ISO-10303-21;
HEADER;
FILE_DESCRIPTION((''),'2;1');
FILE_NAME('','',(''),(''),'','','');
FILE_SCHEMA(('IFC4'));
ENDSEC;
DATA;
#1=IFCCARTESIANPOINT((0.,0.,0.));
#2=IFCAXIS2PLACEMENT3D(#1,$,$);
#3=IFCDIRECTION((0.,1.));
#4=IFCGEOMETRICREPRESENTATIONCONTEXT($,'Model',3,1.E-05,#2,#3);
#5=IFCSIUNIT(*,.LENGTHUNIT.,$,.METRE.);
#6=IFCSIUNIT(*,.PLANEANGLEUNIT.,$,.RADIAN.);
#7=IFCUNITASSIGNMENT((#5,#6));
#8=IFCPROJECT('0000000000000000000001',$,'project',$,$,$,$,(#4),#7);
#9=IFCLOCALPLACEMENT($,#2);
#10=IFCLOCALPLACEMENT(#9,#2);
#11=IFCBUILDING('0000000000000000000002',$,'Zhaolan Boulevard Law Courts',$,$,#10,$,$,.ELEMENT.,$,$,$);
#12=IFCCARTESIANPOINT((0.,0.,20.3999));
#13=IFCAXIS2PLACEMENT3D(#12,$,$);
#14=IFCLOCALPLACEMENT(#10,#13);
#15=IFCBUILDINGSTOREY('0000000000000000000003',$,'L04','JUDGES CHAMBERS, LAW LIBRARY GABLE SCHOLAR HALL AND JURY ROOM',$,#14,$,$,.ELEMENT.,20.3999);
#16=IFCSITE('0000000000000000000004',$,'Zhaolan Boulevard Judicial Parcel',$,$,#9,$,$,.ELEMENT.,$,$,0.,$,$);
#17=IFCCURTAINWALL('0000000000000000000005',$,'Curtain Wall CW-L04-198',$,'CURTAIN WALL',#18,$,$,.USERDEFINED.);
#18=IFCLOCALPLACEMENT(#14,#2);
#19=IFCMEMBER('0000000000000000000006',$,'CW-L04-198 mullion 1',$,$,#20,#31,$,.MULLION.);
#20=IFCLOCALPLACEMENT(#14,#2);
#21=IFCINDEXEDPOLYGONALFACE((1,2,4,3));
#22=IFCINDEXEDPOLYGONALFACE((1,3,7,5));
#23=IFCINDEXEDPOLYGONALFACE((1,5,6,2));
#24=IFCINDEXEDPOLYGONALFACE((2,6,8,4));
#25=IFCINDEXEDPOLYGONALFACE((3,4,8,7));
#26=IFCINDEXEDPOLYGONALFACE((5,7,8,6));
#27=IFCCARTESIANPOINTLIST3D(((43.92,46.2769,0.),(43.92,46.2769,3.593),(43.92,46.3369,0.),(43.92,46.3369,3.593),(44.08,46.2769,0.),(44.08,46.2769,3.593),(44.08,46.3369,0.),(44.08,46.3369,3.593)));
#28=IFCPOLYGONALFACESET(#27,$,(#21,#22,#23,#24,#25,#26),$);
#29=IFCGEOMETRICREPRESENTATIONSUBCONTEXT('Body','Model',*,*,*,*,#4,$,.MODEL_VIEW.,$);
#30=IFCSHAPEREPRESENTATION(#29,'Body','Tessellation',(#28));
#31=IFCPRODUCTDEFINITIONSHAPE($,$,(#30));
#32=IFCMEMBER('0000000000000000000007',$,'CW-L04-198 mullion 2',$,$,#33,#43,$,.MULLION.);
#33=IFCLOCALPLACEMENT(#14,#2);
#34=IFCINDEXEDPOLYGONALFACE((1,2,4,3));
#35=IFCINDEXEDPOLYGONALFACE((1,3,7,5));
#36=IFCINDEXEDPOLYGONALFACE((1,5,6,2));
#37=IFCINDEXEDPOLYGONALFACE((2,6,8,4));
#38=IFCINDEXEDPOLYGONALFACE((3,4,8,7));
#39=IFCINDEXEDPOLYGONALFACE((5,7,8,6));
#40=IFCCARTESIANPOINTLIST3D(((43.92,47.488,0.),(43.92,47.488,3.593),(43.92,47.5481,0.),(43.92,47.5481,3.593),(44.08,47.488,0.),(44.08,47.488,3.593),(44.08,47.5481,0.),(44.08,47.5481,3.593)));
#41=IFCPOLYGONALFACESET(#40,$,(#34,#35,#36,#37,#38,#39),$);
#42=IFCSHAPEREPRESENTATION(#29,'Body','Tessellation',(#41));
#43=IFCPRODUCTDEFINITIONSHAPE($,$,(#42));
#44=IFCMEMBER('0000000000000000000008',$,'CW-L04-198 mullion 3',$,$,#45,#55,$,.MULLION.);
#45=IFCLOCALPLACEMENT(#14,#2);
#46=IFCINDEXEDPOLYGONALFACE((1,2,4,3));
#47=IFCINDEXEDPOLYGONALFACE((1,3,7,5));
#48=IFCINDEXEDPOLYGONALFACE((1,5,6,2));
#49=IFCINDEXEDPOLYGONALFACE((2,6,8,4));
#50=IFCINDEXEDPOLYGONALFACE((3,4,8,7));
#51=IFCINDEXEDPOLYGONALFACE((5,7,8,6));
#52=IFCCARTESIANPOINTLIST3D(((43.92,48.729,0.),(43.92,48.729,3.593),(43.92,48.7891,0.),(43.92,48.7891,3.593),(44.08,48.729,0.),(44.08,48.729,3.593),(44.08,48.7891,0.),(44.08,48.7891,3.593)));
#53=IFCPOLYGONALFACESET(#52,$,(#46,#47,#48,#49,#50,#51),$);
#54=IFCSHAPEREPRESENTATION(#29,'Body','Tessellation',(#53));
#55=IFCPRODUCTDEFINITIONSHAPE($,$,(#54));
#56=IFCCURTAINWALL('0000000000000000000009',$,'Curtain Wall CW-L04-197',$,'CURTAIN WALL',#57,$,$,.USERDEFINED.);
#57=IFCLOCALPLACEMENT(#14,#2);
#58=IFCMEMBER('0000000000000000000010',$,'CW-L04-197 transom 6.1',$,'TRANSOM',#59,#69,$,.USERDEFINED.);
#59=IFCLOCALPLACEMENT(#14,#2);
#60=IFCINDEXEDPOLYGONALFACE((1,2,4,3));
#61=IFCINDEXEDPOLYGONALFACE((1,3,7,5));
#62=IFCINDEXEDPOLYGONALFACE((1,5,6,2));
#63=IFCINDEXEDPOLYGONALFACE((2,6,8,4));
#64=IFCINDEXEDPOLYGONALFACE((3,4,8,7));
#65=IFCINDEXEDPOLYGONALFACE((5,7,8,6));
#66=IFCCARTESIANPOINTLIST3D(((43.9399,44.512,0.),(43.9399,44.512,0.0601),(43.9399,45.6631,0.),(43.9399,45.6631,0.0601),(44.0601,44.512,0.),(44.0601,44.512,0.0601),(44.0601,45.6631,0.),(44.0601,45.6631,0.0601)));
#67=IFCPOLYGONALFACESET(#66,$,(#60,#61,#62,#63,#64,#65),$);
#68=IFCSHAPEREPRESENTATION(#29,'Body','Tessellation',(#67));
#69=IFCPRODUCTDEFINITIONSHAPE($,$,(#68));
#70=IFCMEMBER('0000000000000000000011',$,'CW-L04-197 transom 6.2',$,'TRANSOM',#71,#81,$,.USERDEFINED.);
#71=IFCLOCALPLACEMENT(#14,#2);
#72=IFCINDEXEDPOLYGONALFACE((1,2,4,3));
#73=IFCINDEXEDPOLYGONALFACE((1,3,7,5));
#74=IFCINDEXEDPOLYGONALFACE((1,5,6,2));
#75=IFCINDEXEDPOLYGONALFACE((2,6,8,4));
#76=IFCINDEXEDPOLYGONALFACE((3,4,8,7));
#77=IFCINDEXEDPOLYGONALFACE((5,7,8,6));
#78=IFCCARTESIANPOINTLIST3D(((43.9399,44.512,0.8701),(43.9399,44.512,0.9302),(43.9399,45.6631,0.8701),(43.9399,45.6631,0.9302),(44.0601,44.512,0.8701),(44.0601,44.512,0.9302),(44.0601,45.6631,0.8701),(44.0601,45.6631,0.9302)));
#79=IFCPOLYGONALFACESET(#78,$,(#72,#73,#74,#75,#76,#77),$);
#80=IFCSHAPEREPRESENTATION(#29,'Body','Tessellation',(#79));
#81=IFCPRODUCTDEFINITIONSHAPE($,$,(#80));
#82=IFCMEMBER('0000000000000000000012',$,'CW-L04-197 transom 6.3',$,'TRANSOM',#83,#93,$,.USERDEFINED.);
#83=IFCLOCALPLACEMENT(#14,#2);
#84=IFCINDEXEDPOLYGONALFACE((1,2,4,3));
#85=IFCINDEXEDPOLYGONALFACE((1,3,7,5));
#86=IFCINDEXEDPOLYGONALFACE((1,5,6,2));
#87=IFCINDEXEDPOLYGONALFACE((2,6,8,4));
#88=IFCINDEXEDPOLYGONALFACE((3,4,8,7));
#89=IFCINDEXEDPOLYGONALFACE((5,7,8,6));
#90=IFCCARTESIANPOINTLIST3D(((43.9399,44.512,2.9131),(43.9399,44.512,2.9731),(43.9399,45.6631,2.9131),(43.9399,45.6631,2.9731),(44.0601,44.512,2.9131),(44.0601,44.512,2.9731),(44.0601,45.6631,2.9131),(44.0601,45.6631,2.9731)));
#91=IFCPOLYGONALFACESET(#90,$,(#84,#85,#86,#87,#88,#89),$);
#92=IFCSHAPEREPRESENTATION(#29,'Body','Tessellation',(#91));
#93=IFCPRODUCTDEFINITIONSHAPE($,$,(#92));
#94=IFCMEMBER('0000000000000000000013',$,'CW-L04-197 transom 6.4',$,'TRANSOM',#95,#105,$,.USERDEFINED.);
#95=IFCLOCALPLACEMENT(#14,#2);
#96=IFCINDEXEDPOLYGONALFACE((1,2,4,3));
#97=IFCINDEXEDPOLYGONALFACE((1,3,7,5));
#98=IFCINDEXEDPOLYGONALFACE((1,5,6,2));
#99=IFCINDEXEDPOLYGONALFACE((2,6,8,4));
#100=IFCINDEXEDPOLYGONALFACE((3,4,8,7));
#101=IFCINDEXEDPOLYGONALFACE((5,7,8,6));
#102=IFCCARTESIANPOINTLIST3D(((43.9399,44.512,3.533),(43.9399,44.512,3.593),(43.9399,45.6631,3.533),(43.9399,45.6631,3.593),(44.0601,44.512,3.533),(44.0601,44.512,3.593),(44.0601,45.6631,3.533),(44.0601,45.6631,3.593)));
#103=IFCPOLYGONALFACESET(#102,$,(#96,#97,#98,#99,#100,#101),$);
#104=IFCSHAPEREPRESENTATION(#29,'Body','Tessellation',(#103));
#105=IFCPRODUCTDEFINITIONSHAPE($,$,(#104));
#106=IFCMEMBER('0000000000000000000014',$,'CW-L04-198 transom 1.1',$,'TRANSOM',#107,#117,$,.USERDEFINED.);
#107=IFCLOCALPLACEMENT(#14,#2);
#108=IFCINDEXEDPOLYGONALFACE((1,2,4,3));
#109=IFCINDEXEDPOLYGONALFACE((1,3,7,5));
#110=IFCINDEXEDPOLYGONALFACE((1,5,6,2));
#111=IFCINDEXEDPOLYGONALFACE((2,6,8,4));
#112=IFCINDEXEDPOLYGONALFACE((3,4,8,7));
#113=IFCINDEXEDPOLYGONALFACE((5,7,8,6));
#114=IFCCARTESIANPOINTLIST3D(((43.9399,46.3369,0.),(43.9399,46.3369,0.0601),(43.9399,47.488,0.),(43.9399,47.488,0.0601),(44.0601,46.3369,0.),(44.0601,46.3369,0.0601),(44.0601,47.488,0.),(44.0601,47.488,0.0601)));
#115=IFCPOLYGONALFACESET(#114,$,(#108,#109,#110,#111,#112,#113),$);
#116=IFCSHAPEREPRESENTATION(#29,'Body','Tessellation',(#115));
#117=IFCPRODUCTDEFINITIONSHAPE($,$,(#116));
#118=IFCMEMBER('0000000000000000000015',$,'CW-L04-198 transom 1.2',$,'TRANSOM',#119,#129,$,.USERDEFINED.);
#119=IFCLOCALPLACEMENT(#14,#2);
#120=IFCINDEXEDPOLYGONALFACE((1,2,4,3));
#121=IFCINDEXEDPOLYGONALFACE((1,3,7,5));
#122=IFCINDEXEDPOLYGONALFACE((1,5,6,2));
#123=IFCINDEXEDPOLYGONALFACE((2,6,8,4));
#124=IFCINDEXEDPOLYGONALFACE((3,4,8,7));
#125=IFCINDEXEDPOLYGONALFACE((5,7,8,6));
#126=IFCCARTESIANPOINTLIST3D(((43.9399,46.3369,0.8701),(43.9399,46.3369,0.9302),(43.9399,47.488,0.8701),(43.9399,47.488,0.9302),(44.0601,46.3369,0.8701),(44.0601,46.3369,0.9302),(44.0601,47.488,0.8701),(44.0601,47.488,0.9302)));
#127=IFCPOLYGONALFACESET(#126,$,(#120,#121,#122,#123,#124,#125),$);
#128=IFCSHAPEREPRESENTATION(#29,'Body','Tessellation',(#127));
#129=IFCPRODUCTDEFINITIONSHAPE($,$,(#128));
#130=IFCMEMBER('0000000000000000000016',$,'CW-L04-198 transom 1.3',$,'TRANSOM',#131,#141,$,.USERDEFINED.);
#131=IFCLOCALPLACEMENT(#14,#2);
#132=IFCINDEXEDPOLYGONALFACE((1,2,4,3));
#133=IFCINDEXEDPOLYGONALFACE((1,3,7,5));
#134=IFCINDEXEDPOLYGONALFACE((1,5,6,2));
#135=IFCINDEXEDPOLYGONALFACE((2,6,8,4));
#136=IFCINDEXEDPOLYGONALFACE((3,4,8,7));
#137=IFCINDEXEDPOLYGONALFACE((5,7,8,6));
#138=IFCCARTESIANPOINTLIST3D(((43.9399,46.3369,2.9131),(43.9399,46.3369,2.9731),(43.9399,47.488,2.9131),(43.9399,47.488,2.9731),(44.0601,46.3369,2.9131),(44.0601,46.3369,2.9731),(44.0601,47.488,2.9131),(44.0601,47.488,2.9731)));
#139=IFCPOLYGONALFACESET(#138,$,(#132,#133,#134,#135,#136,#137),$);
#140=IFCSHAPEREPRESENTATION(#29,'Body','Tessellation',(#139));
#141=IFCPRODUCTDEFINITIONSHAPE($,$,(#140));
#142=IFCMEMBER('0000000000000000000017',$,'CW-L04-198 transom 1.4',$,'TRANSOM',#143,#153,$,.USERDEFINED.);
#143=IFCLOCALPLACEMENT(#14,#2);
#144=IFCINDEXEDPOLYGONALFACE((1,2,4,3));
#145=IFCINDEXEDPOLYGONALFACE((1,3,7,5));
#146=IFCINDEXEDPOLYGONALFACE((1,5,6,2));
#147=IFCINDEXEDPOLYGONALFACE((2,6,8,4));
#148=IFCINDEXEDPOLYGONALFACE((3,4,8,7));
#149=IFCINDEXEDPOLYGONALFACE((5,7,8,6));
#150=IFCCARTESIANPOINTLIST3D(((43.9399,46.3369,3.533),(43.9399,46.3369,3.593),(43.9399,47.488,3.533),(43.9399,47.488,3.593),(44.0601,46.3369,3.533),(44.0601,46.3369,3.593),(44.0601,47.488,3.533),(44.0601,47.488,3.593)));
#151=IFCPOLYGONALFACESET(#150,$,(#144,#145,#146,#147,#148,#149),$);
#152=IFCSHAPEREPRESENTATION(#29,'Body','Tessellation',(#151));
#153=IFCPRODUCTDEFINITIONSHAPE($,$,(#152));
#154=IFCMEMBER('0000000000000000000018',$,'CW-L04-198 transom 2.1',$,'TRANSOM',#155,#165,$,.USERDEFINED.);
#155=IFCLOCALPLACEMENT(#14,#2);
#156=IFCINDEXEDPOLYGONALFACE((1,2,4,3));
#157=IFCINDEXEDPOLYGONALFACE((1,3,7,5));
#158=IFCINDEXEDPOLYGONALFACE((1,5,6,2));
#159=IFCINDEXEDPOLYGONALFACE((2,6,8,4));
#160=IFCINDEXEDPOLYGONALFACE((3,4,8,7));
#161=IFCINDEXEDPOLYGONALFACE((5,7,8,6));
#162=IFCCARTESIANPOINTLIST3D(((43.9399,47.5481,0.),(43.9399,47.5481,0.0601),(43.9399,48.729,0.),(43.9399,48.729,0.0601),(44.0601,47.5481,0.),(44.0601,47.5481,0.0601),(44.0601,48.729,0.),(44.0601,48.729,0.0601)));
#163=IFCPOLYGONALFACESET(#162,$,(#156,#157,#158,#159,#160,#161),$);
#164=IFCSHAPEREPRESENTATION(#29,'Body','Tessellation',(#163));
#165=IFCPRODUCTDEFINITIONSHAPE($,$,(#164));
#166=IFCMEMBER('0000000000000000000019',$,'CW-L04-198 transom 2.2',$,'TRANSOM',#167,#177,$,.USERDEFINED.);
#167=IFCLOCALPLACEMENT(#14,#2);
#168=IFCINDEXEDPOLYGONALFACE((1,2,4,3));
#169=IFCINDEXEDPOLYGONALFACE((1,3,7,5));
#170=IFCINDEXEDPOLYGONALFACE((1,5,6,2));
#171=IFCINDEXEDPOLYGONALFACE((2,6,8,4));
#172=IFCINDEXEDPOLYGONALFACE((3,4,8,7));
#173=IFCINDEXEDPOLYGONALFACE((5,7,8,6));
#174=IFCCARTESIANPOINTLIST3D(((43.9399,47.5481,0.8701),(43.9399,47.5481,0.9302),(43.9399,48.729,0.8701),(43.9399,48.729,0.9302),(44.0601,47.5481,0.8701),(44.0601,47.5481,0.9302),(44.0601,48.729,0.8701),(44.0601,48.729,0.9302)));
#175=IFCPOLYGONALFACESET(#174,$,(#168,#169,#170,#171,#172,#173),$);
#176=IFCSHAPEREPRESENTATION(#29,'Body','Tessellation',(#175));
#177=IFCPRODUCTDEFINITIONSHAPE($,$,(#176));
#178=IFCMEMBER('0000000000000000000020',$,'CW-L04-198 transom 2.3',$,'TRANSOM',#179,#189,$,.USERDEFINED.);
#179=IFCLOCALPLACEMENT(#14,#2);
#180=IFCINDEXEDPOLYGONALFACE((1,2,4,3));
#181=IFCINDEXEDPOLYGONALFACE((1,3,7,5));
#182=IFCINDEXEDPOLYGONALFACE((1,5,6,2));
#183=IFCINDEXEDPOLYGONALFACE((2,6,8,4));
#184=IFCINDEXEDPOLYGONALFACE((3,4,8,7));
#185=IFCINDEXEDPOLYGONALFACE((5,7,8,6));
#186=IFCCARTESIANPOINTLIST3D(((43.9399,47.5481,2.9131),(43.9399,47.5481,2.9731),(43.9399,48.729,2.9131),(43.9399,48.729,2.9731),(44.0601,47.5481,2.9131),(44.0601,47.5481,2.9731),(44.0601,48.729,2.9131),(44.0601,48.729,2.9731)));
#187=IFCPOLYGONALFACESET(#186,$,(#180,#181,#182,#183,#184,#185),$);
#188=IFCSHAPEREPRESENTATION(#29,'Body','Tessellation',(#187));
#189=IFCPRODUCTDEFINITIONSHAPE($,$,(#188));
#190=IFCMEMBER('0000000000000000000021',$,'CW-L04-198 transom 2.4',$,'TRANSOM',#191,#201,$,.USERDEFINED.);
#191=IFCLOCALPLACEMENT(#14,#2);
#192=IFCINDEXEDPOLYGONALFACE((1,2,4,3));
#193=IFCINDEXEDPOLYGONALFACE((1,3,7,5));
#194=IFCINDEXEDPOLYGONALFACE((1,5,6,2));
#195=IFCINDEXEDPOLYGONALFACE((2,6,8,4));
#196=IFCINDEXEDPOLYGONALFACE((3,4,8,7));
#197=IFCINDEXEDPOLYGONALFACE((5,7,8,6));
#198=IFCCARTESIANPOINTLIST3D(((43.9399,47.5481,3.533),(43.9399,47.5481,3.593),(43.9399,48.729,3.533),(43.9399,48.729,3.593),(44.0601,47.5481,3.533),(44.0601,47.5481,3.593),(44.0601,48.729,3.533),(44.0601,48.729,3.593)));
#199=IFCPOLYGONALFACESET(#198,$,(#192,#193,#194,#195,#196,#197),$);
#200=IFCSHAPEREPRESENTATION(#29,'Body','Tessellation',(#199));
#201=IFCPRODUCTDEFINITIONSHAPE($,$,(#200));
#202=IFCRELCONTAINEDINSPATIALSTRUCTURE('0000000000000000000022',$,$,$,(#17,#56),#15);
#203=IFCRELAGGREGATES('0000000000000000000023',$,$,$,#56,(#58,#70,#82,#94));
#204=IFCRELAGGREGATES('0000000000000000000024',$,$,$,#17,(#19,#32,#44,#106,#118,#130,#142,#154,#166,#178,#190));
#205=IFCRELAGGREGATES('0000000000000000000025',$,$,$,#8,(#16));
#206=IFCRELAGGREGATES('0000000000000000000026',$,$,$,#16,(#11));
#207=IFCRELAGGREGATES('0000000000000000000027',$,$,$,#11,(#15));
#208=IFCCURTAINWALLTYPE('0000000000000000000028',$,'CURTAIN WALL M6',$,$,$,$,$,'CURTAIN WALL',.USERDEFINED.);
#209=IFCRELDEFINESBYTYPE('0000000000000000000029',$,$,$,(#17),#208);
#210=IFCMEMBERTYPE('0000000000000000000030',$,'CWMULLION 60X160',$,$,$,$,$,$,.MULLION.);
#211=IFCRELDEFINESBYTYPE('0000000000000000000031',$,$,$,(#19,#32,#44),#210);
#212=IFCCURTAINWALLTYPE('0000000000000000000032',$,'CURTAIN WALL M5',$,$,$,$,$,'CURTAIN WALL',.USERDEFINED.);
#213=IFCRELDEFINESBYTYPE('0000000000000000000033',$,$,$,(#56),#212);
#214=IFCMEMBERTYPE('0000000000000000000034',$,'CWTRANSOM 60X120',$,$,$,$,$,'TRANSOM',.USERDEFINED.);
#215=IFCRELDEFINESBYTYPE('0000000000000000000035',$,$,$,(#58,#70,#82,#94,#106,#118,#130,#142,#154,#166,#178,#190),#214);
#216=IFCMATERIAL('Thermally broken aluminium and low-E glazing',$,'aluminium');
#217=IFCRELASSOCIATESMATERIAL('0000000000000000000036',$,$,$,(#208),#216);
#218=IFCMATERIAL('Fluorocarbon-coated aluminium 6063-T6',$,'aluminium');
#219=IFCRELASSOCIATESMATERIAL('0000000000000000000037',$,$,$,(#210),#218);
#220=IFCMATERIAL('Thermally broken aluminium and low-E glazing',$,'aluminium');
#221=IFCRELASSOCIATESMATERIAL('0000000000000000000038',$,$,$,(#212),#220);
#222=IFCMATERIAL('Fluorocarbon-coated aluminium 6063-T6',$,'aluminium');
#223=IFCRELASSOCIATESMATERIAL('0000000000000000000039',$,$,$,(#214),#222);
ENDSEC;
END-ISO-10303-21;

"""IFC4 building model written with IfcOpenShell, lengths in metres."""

from ifc_helpers import new_model, si_unit, direction, frame, origin, origin_2d, place, context, subcontext, project, spatial, rectangle, extrude, material, material_profile, profile_set, type_object, element, aggregate, save


model = new_model("IFC4")

# Units and contexts
model_context = context("Model", 3, precision=1e-05, world=origin(), true_north=direction((0.0, 1.0)))
body_context = subcontext(model_context, "Body", "Model", "MODEL_VIEW")
ifc_project = project(units=[si_unit("LENGTHUNIT", "METRE"), si_unit("PLANEANGLEUNIT", "RADIAN")], contexts=[model_context])

# Site, building, storey
site_placement = place(None, origin())
site = spatial("IfcSite", under=ifc_project, at=site_placement, Name="Zhaolan Boulevard Judicial Parcel", CompositionType="ELEMENT", RefElevation=0.0)
building_placement = place(site_placement, origin())
building = spatial("IfcBuilding", under=site, at=building_placement, Name="Zhaolan Boulevard Law Courts", CompositionType="ELEMENT")
storey_placement = place(building_placement, frame((0.0, 0.0, 20.3999)))
storey = spatial("IfcBuildingStorey", under=building, at=storey_placement, Name="L04", Description="JUDGES CHAMBERS, LAW LIBRARY GABLE SCHOLAR HALL AND JURY ROOM", CompositionType="ELEMENT", Elevation=20.3999)

# Curtain walls, members
ifc_material_1 = material(Name="Thermally broken aluminium and low-E glazing", Category="aluminium")
curtain_wall_type_1 = type_object("IfcCurtainWallType", Name="CURTAIN WALL M6", ElementType="CURTAIN WALL", PredefinedType="USERDEFINED", material=ifc_material_1)
curtain_wall_1_placement = place(storey_placement, origin())
curtain_wall_1 = element("IfcCurtainWall", 1, at=curtain_wall_1_placement, inside=storey, type_object=curtain_wall_type_1, Name="Curtain Wall CW-L04-198", ObjectType="CURTAIN WALL", PredefinedType="USERDEFINED")
ifc_material_2 = material(Name="Fluorocarbon-coated aluminium 6063-T6", Category="aluminium")
ifc_material_profile_1 = material_profile(ifc_material_2, rectangle(XDim=0.1599, YDim=0.0601, at=origin_2d()), Name="AL60x160")
ifc_profile_set_1 = profile_set([ifc_material_profile_1], Name="Fluorocarbon-coated aluminium 6063-T6")
member_type_1 = type_object("IfcMemberType", Name="CWMULLION 60X160", PredefinedType="MULLION", material=ifc_profile_set_1)
member_1_placement = place(storey_placement, frame((44.0, 46.3069, 0.0), z_axis=(0.0, 0.0, 1.0), x_axis=(-1.0, 0.0, 0.0)))
member_1 = element("IfcMember", 2, at=member_1_placement, type_object=member_type_1, Name="CW-L04-198 mullion 1", PredefinedType="MULLION", context=body_context, shape_type="SweptSolid", body=[
    extrude(rectangle(XDim=0.1599, YDim=0.0601, at=origin_2d()), origin(), (0.0, 0.0, 1.0), 3.593),
])
member_2_placement = place(storey_placement, frame((44.0, 47.5181, 0.0), z_axis=(0.0, 0.0, 1.0), x_axis=(-1.0, 0.0, 0.0)))
member_2 = element("IfcMember", 3, at=member_2_placement, type_object=member_type_1, Name="CW-L04-198 mullion 2", PredefinedType="MULLION", context=body_context, shape_type="SweptSolid", body=[
    extrude(rectangle(XDim=0.1599, YDim=0.0601, at=origin_2d()), origin(), (0.0, 0.0, 1.0), 3.593),
])
member_3_placement = place(storey_placement, frame((44.0, 48.759, 0.0), z_axis=(0.0, 0.0, 1.0), x_axis=(-1.0, 0.0, 0.0)))
member_3 = element("IfcMember", 4, at=member_3_placement, type_object=member_type_1, Name="CW-L04-198 mullion 3", PredefinedType="MULLION", context=body_context, shape_type="SweptSolid", body=[
    extrude(rectangle(XDim=0.1599, YDim=0.0601, at=origin_2d()), origin(), (0.0, 0.0, 1.0), 3.593),
])
ifc_material_3 = material(Name="Thermally broken aluminium and low-E glazing", Category="aluminium")
curtain_wall_type_2 = type_object("IfcCurtainWallType", Name="CURTAIN WALL M5", ElementType="CURTAIN WALL", PredefinedType="USERDEFINED", material=ifc_material_3)
curtain_wall_2_placement = place(storey_placement, origin())
curtain_wall_2 = element("IfcCurtainWall", 5, at=curtain_wall_2_placement, inside=storey, type_object=curtain_wall_type_2, Name="Curtain Wall CW-L04-197", ObjectType="CURTAIN WALL", PredefinedType="USERDEFINED")
ifc_material_4 = material(Name="Fluorocarbon-coated aluminium 6063-T6", Category="aluminium")
ifc_material_profile_2 = material_profile(ifc_material_4, rectangle(XDim=0.1201, YDim=0.0601, at=origin_2d()), Name="AL60x120")
ifc_profile_set_2 = profile_set([ifc_material_profile_2], Name="Fluorocarbon-coated aluminium 6063-T6")
member_type_2 = type_object("IfcMemberType", Name="CWTRANSOM 60X120", ElementType="TRANSOM", PredefinedType="USERDEFINED", material=ifc_profile_set_2)
member_4_placement = place(storey_placement, frame((44.0, 44.512, 0.03), z_axis=(0.0, 1.0, 0.0), x_axis=(-1.0, 0.0, 0.0)))
member_4 = element("IfcMember", 6, at=member_4_placement, type_object=member_type_2, Name="CW-L04-197 transom 6.1", ObjectType="TRANSOM", PredefinedType="USERDEFINED", context=body_context, shape_type="SweptSolid", body=[
    extrude(rectangle(XDim=0.1201, YDim=0.0601, at=origin_2d()), origin(), (0.0, 0.0, 1.0), 1.1511),
])
member_5_placement = place(storey_placement, frame((44.0, 44.512, 0.9001), z_axis=(0.0, 1.0, 0.0), x_axis=(-1.0, 0.0, 0.0)))
member_5 = element("IfcMember", 7, at=member_5_placement, type_object=member_type_2, Name="CW-L04-197 transom 6.2", ObjectType="TRANSOM", PredefinedType="USERDEFINED", context=body_context, shape_type="SweptSolid", body=[
    extrude(rectangle(XDim=0.1201, YDim=0.0601, at=origin_2d()), origin(), (0.0, 0.0, 1.0), 1.1511),
])
member_6_placement = place(storey_placement, frame((44.0, 44.512, 2.9431), z_axis=(0.0, 1.0, 0.0), x_axis=(-1.0, 0.0, 0.0)))
member_6 = element("IfcMember", 8, at=member_6_placement, type_object=member_type_2, Name="CW-L04-197 transom 6.3", ObjectType="TRANSOM", PredefinedType="USERDEFINED", context=body_context, shape_type="SweptSolid", body=[
    extrude(rectangle(XDim=0.1201, YDim=0.0601, at=origin_2d()), origin(), (0.0, 0.0, 1.0), 1.1511),
])
member_7_placement = place(storey_placement, frame((44.0, 44.512, 3.563), z_axis=(0.0, 1.0, 0.0), x_axis=(-1.0, 0.0, 0.0)))
member_7 = element("IfcMember", 9, at=member_7_placement, type_object=member_type_2, Name="CW-L04-197 transom 6.4", ObjectType="TRANSOM", PredefinedType="USERDEFINED", context=body_context, shape_type="SweptSolid", body=[
    extrude(rectangle(XDim=0.1201, YDim=0.0601, at=origin_2d()), origin(), (0.0, 0.0, 1.0), 1.1511),
])

# Members
member_8_placement = place(storey_placement, frame((44.0, 46.3369, 0.03), z_axis=(0.0, 1.0, 0.0), x_axis=(-1.0, 0.0, 0.0)))
member_8 = element("IfcMember", 10, at=member_8_placement, type_object=member_type_2, Name="CW-L04-198 transom 1.1", ObjectType="TRANSOM", PredefinedType="USERDEFINED", context=body_context, shape_type="SweptSolid", body=[
    extrude(rectangle(XDim=0.1201, YDim=0.0601, at=origin_2d()), origin(), (0.0, 0.0, 1.0), 1.1511),
])
member_9_placement = place(storey_placement, frame((44.0, 46.3369, 0.9001), z_axis=(0.0, 1.0, 0.0), x_axis=(-1.0, 0.0, 0.0)))
member_9 = element("IfcMember", 11, at=member_9_placement, type_object=member_type_2, Name="CW-L04-198 transom 1.2", ObjectType="TRANSOM", PredefinedType="USERDEFINED", context=body_context, shape_type="SweptSolid", body=[
    extrude(rectangle(XDim=0.1201, YDim=0.0601, at=origin_2d()), origin(), (0.0, 0.0, 1.0), 1.1511),
])
member_10_placement = place(storey_placement, frame((44.0, 46.3369, 2.9431), z_axis=(0.0, 1.0, 0.0), x_axis=(-1.0, 0.0, 0.0)))
member_10 = element("IfcMember", 12, at=member_10_placement, type_object=member_type_2, Name="CW-L04-198 transom 1.3", ObjectType="TRANSOM", PredefinedType="USERDEFINED", context=body_context, shape_type="SweptSolid", body=[
    extrude(rectangle(XDim=0.1201, YDim=0.0601, at=origin_2d()), origin(), (0.0, 0.0, 1.0), 1.1511),
])
member_11_placement = place(storey_placement, frame((44.0, 46.3369, 3.563), z_axis=(0.0, 1.0, 0.0), x_axis=(-1.0, 0.0, 0.0)))
member_11 = element("IfcMember", 13, at=member_11_placement, type_object=member_type_2, Name="CW-L04-198 transom 1.4", ObjectType="TRANSOM", PredefinedType="USERDEFINED", context=body_context, shape_type="SweptSolid", body=[
    extrude(rectangle(XDim=0.1201, YDim=0.0601, at=origin_2d()), origin(), (0.0, 0.0, 1.0), 1.1511),
])
member_12_placement = place(storey_placement, frame((44.0, 47.5481, 0.03), z_axis=(0.0, 1.0, 0.0), x_axis=(-1.0, 0.0, 0.0)))
member_12 = element("IfcMember", 14, at=member_12_placement, type_object=member_type_2, Name="CW-L04-198 transom 2.1", ObjectType="TRANSOM", PredefinedType="USERDEFINED", context=body_context, shape_type="SweptSolid", body=[
    extrude(rectangle(XDim=0.1201, YDim=0.0601, at=origin_2d()), origin(), (0.0, 0.0, 1.0), 1.1809),
])
member_13_placement = place(storey_placement, frame((44.0, 47.5481, 0.9001), z_axis=(0.0, 1.0, 0.0), x_axis=(-1.0, 0.0, 0.0)))
member_13 = element("IfcMember", 15, at=member_13_placement, type_object=member_type_2, Name="CW-L04-198 transom 2.2", ObjectType="TRANSOM", PredefinedType="USERDEFINED", context=body_context, shape_type="SweptSolid", body=[
    extrude(rectangle(XDim=0.1201, YDim=0.0601, at=origin_2d()), origin(), (0.0, 0.0, 1.0), 1.1809),
])
member_14_placement = place(storey_placement, frame((44.0, 47.5481, 2.9431), z_axis=(0.0, 1.0, 0.0), x_axis=(-1.0, 0.0, 0.0)))
member_14 = element("IfcMember", 16, at=member_14_placement, type_object=member_type_2, Name="CW-L04-198 transom 2.3", ObjectType="TRANSOM", PredefinedType="USERDEFINED", context=body_context, shape_type="SweptSolid", body=[
    extrude(rectangle(XDim=0.1201, YDim=0.0601, at=origin_2d()), origin(), (0.0, 0.0, 1.0), 1.1809),
])
member_15_placement = place(storey_placement, frame((44.0, 47.5481, 3.563), z_axis=(0.0, 1.0, 0.0), x_axis=(-1.0, 0.0, 0.0)))
member_15 = element("IfcMember", 17, at=member_15_placement, type_object=member_type_2, Name="CW-L04-198 transom 2.4", ObjectType="TRANSOM", PredefinedType="USERDEFINED", context=body_context, shape_type="SweptSolid", body=[
    extrude(rectangle(XDim=0.1201, YDim=0.0601, at=origin_2d()), origin(), (0.0, 0.0, 1.0), 1.1809),
])

aggregate(curtain_wall_2, [member_4, member_5, member_6, member_7])
aggregate(curtain_wall_1, [member_1, member_2, member_3, member_8, member_9, member_10, member_11, member_12, member_13, member_14, member_15])

save(model, "model.ifc")
